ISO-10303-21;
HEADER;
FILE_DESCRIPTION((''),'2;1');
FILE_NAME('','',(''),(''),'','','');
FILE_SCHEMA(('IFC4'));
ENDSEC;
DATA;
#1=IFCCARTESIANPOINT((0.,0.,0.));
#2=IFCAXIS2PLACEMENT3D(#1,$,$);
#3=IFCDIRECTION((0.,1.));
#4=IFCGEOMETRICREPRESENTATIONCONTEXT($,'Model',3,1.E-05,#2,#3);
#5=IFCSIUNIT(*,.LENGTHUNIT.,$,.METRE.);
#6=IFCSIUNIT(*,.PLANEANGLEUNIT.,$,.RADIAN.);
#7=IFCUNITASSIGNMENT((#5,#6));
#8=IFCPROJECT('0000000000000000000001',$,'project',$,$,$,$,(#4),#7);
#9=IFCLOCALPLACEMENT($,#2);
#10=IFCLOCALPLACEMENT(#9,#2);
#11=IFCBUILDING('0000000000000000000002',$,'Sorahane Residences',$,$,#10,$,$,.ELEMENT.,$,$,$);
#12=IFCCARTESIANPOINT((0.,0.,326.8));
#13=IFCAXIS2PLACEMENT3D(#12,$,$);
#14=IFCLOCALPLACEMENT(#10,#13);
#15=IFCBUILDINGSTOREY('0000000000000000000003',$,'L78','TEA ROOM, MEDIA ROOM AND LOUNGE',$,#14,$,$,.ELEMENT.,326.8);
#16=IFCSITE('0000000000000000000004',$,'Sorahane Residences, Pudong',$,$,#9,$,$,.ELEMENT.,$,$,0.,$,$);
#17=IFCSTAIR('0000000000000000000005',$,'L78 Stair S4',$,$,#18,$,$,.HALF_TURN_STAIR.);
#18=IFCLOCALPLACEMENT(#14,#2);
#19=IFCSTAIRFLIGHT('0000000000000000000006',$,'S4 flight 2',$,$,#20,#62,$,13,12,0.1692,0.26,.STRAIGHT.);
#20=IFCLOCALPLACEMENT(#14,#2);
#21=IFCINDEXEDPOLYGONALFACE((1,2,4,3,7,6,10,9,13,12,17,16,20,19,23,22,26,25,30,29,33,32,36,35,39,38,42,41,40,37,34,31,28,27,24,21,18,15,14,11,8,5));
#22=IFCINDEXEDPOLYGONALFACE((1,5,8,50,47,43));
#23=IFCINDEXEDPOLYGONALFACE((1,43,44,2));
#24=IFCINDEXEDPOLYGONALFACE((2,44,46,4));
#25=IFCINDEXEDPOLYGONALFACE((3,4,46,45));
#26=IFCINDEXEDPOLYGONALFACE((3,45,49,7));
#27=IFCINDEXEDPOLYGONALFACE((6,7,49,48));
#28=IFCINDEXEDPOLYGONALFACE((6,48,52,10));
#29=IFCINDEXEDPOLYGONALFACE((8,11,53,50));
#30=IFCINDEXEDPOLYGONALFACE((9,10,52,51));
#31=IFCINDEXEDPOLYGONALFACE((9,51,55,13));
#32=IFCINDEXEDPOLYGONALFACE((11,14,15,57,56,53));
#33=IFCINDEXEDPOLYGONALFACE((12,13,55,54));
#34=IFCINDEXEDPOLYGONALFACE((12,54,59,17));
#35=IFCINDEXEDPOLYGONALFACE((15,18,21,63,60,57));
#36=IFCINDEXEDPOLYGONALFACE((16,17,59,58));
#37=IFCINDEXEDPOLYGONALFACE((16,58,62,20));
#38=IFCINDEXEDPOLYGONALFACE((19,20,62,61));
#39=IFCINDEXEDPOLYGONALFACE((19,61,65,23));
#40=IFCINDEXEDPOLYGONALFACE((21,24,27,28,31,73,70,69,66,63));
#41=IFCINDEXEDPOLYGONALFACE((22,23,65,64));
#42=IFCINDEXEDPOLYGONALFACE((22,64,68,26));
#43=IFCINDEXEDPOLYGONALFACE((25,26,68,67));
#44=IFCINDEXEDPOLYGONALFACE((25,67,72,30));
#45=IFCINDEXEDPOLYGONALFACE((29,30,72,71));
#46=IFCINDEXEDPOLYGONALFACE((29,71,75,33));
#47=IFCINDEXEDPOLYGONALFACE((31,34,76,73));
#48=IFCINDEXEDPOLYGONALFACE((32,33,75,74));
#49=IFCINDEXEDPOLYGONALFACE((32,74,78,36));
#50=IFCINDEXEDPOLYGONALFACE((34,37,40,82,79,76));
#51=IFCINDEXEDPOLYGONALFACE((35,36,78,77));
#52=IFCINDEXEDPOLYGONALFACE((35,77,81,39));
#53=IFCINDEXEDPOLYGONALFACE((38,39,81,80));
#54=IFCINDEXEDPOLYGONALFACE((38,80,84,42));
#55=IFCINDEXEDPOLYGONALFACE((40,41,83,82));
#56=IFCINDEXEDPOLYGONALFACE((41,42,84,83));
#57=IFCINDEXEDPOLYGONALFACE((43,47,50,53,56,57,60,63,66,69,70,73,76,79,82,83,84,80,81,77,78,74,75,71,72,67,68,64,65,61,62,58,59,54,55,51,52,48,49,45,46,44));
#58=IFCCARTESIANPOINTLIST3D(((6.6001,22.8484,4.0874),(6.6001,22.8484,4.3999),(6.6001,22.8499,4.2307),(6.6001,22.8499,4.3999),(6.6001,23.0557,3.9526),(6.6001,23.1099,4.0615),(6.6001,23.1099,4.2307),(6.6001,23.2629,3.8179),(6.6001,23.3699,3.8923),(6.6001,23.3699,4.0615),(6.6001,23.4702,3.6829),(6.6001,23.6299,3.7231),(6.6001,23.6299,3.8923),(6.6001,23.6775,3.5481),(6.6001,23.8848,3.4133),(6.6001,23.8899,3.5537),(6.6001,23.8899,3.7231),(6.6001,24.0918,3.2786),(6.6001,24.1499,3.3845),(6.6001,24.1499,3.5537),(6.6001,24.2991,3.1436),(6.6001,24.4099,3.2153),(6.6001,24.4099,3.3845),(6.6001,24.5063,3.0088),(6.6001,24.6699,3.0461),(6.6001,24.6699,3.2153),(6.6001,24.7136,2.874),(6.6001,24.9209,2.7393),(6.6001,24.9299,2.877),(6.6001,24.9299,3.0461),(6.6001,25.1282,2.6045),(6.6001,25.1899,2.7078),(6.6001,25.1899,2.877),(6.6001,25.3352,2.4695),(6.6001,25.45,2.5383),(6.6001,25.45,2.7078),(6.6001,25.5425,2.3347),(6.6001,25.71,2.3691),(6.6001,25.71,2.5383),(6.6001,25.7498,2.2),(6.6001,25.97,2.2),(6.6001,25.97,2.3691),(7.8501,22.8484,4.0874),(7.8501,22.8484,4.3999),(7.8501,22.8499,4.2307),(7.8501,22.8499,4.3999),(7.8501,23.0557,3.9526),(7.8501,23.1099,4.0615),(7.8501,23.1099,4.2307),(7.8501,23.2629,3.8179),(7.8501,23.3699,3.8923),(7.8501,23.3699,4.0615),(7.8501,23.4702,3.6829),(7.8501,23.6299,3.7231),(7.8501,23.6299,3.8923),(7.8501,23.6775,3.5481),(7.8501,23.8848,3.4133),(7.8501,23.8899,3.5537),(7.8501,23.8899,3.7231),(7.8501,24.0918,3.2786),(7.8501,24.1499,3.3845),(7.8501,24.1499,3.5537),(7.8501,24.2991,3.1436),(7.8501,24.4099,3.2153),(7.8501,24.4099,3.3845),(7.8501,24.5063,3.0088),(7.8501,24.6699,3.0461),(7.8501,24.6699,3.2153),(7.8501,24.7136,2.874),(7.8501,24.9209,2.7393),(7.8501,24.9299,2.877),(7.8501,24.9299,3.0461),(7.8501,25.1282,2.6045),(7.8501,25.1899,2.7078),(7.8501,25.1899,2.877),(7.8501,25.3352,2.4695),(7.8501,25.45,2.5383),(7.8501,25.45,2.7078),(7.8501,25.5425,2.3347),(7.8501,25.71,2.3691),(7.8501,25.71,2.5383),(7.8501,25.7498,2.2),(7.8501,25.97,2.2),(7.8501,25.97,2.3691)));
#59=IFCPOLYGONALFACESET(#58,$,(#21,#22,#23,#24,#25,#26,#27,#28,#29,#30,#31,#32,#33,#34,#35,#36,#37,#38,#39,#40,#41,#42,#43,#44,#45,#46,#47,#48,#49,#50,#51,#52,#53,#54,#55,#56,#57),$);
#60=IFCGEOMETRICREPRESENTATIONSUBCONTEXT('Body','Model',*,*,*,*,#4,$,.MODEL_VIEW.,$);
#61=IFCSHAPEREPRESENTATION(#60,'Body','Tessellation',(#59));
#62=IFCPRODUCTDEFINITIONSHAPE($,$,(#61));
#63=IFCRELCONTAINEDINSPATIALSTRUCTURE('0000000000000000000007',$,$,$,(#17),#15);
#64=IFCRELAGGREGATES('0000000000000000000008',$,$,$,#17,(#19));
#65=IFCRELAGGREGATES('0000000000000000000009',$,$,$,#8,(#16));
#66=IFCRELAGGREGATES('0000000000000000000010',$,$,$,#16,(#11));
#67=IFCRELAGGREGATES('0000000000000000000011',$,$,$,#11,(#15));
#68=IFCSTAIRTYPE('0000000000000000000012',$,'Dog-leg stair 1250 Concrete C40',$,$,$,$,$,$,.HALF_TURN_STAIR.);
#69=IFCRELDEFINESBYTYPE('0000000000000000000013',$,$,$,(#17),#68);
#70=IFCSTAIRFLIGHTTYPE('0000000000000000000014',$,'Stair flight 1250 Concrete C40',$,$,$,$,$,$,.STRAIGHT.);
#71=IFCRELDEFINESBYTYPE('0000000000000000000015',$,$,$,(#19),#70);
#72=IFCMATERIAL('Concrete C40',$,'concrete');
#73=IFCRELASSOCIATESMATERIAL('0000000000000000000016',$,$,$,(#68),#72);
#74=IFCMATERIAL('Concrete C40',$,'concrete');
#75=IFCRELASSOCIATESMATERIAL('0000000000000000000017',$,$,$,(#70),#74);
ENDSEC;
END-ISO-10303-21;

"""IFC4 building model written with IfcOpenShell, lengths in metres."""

from ifc_helpers import new_model, si_unit, direction, frame, origin, place, context, subcontext, project, spatial, polyline, outline, extrude, material, type_object, element, aggregate, save


model = new_model("IFC4")

# Units and contexts
model_context = context("Model", 3, precision=1e-05, world=origin(), true_north=direction((0.0, 1.0)))
body_context = subcontext(model_context, "Body", "Model", "MODEL_VIEW")
ifc_project = project(units=[si_unit("LENGTHUNIT", "METRE"), si_unit("PLANEANGLEUNIT", "RADIAN")], contexts=[model_context])

# Site, building, storey
site_placement = place(None, origin())
site = spatial("IfcSite", under=ifc_project, at=site_placement, Name="Sorahane Residences, Pudong", CompositionType="ELEMENT", RefElevation=0.0)
building_placement = place(site_placement, origin())
building = spatial("IfcBuilding", under=site, at=building_placement, Name="Sorahane Residences", CompositionType="ELEMENT")
storey_placement = place(building_placement, frame((0.0, 0.0, 326.8)))
storey = spatial("IfcBuildingStorey", under=building, at=storey_placement, Name="L78", Description="TEA ROOM, MEDIA ROOM AND LOUNGE", CompositionType="ELEMENT", Elevation=326.8)

# Stair, stair flight
ifc_material_1 = material(Name="Concrete C40", Category="concrete")
stair_type = type_object("IfcStairType", Name="Dog-leg stair 1250 Concrete C40", PredefinedType="HALF_TURN_STAIR", material=ifc_material_1)
stair_placement = place(storey_placement, origin())
stair = element("IfcStair", 1, at=stair_placement, inside=storey, type_object=stair_type, Name="L78 Stair S4", PredefinedType="HALF_TURN_STAIR")
ifc_material_2 = material(Name="Concrete C40", Category="concrete")
stair_flight_type = type_object("IfcStairFlightType", Name="Stair flight 1250 Concrete C40", PredefinedType="STRAIGHT", material=ifc_material_2)
stair_flight_1_placement = place(storey_placement, frame((7.2251, 25.97, 2.2), z_axis=(0.0, 0.0, 1.0), x_axis=(0.0, -1.0, 0.0)))
stair_flight_1 = element("IfcStairFlight", 2, at=stair_flight_1_placement, type_object=stair_flight_type, Name="S4 flight 2", NumberOfRisers=13, NumberOfTreads=12, PredefinedType="STRAIGHT", RiserHeight=0.1692, TreadLength=0.26, context=body_context, shape_type="SweptSolid", body=[
    extrude(outline(polyline([(0.0, 0.0), (0.0, 0.1692), (0.26, 0.1692), (0.26, 0.3384), (0.52, 0.3384), (0.52, 0.5078), (0.78, 0.5078), (0.78, 0.677), (1.04, 0.677), (1.04, 0.8462), (1.3, 0.8462), (1.3, 1.0154), (1.5601, 1.0154), (1.5601, 1.1846), (1.8201, 1.1846), (1.8201, 1.3538), (2.0801, 1.3538), (2.0801, 1.5232), (2.3401, 1.5232), (2.3401, 1.6924), (2.6001, 1.6924), (2.6001, 1.8616), (2.8601, 1.8616), (2.8601, 2.0308), (3.1201, 2.0308), (3.1201, 2.2), (3.1216, 2.2), (3.1216, 1.8875), (2.9143, 1.7527), (2.707, 1.6179), (2.4998, 1.4829), (2.2925, 1.3481), (2.0852, 1.2134), (1.8782, 1.0786), (1.6709, 0.9436), (1.4636, 0.8088), (1.2563, 0.6741), (1.0491, 0.5393), (0.8418, 0.4045), (0.6348, 0.2695), (0.4275, 0.1348), (0.2202, 0.0), (0.0, 0.0)])), frame((0.0, 0.625, 0.0), z_axis=(0.0, -1.0, 0.0), x_axis=(1.0, 0.0, 0.0)), (0.0, 0.0, 1.0), 1.25),
])
aggregate(stair, [stair_flight_1])

save(model, "model.ifc")
